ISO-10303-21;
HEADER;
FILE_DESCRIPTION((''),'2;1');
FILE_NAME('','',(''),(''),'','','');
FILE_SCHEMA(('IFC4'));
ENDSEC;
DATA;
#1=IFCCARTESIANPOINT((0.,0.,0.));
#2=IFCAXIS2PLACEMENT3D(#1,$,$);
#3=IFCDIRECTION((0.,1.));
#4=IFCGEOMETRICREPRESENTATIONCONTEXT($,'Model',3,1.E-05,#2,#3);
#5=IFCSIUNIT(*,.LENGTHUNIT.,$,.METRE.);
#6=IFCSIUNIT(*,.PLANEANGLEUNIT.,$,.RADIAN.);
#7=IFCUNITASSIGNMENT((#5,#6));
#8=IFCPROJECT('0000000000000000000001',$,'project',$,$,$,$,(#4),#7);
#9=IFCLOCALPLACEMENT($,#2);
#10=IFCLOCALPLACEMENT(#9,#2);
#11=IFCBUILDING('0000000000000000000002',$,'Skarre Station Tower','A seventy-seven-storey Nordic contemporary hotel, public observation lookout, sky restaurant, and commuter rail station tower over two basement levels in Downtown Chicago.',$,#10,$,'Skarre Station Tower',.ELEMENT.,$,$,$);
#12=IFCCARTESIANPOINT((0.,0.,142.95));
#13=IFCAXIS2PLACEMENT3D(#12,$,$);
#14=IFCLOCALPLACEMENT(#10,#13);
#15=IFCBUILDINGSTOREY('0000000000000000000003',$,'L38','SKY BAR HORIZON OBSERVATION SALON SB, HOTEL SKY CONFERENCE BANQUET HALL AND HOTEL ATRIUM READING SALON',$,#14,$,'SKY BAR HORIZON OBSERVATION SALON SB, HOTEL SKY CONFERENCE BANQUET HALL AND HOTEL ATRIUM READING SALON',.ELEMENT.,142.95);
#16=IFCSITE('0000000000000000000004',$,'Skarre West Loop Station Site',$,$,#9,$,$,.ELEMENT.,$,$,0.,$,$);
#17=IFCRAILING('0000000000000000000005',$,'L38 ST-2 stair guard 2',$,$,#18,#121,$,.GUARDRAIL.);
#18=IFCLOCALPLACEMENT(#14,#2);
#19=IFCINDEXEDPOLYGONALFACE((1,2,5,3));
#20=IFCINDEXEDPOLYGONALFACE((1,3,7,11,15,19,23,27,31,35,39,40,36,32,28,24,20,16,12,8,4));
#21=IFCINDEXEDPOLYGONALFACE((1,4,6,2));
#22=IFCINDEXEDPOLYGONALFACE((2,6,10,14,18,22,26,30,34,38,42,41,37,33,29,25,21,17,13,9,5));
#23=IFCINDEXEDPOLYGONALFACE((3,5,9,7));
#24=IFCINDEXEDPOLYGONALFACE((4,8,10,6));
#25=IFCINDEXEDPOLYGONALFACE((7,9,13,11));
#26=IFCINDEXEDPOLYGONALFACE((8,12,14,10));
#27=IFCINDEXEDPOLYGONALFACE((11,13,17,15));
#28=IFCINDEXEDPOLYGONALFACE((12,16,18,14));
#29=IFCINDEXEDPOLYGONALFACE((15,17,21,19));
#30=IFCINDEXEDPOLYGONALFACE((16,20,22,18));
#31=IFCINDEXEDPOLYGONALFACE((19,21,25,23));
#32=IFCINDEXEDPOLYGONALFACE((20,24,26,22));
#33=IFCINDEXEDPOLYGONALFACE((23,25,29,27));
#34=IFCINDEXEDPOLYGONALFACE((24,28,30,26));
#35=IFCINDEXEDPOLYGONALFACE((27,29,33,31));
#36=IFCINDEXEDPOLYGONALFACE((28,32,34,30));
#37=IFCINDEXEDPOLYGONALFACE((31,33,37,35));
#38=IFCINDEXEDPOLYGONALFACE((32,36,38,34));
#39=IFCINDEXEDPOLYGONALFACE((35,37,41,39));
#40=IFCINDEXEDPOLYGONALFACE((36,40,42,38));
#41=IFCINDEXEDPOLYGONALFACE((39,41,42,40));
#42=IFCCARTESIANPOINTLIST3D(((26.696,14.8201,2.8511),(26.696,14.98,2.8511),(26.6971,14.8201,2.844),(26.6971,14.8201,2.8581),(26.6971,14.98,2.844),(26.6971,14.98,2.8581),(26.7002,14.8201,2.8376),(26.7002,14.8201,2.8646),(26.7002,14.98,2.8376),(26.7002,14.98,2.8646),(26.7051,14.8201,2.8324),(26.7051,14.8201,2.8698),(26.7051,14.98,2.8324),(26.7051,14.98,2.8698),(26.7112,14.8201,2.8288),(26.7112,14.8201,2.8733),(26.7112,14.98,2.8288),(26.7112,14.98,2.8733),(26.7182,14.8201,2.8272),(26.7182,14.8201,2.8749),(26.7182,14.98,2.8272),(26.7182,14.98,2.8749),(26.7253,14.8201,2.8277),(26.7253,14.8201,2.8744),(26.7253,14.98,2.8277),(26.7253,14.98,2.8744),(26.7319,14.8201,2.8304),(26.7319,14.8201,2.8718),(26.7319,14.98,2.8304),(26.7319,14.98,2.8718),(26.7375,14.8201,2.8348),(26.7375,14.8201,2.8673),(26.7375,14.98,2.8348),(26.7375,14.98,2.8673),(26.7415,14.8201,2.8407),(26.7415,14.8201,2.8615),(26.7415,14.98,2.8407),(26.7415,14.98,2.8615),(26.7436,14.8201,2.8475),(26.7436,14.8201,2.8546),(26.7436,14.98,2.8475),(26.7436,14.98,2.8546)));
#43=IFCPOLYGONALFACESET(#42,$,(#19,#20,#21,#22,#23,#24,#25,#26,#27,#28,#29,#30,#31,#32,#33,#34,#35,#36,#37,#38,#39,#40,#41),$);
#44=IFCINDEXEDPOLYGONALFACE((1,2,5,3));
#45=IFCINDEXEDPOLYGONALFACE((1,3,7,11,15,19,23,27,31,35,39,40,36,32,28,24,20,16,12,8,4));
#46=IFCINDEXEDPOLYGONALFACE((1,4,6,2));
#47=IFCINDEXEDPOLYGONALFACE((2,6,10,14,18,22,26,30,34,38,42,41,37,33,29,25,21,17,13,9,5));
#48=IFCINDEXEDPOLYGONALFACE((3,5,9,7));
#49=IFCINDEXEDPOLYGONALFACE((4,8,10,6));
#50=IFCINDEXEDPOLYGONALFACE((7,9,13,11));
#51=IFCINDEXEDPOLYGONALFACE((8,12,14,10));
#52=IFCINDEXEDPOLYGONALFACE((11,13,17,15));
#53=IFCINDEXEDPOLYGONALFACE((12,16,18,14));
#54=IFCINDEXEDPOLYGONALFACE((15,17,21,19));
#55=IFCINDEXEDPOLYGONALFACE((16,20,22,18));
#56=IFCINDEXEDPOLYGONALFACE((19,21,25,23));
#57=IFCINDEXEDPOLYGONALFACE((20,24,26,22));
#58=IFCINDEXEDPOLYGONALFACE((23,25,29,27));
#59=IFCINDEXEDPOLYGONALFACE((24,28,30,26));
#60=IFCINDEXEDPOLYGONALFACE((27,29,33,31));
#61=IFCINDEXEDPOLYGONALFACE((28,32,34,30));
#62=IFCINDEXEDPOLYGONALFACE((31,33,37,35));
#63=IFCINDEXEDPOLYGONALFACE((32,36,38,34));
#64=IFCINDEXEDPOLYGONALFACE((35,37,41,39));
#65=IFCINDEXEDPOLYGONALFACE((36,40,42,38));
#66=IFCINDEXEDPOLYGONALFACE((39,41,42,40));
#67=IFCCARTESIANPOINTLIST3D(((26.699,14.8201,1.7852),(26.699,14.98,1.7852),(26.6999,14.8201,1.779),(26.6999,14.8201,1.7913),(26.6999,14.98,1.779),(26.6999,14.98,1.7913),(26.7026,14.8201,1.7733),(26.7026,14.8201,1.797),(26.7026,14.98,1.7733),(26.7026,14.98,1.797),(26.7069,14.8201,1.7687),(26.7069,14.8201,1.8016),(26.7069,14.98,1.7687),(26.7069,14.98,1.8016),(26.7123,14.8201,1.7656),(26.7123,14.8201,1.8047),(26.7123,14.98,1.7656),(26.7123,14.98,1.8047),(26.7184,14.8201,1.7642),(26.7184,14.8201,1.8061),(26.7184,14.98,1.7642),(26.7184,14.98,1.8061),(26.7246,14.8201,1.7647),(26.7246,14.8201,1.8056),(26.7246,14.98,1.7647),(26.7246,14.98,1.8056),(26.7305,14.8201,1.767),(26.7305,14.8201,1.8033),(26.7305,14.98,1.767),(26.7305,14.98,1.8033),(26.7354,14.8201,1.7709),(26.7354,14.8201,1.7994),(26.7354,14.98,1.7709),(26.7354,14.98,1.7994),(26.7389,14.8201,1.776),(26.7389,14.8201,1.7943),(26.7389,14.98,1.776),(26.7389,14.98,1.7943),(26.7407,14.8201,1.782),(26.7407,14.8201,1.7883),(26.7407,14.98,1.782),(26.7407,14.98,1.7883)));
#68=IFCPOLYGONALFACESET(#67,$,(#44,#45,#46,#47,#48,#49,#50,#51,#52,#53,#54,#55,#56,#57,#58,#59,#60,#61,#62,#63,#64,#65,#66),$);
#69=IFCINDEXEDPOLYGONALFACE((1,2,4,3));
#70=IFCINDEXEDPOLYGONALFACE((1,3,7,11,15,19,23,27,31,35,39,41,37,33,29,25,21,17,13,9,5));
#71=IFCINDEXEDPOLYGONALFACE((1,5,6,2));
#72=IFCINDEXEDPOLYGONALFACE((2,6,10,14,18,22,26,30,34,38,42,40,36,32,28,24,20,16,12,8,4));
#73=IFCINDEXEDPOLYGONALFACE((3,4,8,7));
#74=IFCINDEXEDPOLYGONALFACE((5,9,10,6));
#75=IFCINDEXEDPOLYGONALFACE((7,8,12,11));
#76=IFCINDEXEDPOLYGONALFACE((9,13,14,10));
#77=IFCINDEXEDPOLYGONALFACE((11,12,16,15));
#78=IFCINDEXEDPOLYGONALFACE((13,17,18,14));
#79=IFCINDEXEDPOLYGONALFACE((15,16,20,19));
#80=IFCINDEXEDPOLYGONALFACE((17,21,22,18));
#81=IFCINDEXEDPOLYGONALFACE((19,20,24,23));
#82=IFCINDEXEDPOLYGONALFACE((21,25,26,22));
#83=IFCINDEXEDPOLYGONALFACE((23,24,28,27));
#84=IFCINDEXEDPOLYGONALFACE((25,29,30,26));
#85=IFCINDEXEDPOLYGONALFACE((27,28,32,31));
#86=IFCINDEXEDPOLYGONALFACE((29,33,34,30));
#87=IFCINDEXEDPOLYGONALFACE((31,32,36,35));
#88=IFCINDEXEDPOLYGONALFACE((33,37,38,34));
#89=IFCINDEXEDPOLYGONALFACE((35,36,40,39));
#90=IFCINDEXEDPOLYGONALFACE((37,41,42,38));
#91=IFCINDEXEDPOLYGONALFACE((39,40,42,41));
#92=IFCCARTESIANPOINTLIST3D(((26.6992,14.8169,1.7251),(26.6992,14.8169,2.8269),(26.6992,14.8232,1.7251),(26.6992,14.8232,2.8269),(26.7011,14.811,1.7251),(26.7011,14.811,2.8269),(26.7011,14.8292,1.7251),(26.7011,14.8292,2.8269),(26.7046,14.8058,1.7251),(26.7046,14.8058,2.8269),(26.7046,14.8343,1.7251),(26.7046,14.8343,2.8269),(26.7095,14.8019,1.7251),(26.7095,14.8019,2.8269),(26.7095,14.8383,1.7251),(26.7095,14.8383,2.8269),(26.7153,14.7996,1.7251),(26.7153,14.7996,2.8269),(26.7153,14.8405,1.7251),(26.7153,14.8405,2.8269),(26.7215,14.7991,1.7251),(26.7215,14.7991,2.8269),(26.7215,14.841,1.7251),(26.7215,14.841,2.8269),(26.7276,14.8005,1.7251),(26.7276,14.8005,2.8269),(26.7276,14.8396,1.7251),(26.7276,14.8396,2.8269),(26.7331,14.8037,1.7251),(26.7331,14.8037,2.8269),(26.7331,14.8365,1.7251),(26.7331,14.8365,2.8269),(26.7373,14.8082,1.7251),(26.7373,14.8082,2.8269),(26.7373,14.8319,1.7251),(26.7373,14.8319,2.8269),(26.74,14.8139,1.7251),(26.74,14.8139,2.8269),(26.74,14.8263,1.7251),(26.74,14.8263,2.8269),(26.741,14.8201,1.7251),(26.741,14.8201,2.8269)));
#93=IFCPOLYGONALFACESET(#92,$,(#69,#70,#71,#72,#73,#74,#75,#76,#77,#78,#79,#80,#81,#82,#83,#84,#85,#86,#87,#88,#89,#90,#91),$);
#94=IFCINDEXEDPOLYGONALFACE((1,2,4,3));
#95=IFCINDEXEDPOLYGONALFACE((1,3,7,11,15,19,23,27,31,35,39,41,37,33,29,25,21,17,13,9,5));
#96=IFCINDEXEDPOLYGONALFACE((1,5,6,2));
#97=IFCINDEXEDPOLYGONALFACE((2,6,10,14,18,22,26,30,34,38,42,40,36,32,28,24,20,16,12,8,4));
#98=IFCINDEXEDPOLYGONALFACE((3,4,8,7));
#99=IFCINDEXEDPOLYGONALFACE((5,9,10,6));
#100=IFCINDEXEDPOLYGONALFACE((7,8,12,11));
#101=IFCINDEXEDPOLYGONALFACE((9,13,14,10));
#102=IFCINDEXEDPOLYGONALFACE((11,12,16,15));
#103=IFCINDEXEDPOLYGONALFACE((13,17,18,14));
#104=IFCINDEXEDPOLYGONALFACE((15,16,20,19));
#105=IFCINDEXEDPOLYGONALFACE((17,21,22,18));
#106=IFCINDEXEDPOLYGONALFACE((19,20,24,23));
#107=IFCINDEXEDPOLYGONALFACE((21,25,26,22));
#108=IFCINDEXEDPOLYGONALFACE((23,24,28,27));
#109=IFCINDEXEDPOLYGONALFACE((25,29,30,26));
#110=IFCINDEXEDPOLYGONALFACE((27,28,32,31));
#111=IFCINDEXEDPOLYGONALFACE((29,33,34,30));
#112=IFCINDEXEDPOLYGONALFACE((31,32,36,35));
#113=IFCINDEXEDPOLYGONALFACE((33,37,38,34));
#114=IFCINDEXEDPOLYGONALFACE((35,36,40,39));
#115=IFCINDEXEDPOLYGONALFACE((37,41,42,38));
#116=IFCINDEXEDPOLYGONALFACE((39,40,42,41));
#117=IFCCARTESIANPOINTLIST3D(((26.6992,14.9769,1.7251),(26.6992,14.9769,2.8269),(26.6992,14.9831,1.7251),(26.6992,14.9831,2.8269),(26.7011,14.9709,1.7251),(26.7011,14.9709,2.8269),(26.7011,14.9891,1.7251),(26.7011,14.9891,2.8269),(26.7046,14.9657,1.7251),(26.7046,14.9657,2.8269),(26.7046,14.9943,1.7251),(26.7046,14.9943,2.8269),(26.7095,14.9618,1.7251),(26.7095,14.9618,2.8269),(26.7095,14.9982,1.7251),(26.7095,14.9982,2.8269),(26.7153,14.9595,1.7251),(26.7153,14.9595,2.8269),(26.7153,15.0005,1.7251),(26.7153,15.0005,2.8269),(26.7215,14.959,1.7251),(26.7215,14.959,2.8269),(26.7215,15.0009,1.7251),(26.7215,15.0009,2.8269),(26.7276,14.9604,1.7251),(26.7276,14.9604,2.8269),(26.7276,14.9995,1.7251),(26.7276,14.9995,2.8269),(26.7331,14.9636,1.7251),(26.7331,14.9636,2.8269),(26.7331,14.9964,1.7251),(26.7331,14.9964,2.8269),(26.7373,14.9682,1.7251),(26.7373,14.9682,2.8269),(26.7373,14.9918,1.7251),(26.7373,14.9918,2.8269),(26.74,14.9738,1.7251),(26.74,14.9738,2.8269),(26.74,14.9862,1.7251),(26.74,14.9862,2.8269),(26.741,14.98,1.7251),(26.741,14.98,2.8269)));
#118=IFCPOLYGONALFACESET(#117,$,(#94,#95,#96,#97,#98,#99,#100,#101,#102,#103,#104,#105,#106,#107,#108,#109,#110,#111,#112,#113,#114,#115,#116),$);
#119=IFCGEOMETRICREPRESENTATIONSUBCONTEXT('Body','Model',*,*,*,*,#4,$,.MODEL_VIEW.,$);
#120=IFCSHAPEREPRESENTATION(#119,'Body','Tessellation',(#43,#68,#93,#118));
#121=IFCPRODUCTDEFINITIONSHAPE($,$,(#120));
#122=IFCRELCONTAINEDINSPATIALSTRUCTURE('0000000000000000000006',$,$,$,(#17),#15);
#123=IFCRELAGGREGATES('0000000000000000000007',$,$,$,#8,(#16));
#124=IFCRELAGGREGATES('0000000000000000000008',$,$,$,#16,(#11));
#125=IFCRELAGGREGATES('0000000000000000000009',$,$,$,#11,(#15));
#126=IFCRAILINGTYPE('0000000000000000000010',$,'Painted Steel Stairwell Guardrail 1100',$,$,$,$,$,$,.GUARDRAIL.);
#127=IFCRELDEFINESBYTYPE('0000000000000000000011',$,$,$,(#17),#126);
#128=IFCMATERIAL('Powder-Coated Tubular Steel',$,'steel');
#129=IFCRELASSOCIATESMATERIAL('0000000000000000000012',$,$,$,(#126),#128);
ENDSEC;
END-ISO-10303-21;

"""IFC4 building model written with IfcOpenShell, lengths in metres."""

from ifc_helpers import new_model, si_unit, direction, frame, origin, origin_2d, place, context, subcontext, project, spatial, circle, extrude, material, type_object, element, save


model = new_model("IFC4")

# Units and contexts
model_context = context("Model", 3, precision=1e-05, world=origin(), true_north=direction((0.0, 1.0)))
body_context = subcontext(model_context, "Body", "Model", "MODEL_VIEW")
ifc_project = project(units=[si_unit("LENGTHUNIT", "METRE"), si_unit("PLANEANGLEUNIT", "RADIAN")], contexts=[model_context])

# Site, building, storey
site_placement = place(None, origin())
site = spatial("IfcSite", under=ifc_project, at=site_placement, Name="Skarre West Loop Station Site", CompositionType="ELEMENT", RefElevation=0.0)
building_placement = place(site_placement, origin())
building = spatial("IfcBuilding", under=site, at=building_placement, Name="Skarre Station Tower", Description="A seventy-seven-storey Nordic contemporary hotel, public observation lookout, sky restaurant, and commuter rail station tower over two basement levels in Downtown Chicago.", LongName="Skarre Station Tower", CompositionType="ELEMENT")
storey_placement = place(building_placement, frame((0.0, 0.0, 142.95)))
storey = spatial("IfcBuildingStorey", under=building, at=storey_placement, Name="L38", Description="SKY BAR HORIZON OBSERVATION SALON SB, HOTEL SKY CONFERENCE BANQUET HALL AND HOTEL ATRIUM READING SALON", LongName="SKY BAR HORIZON OBSERVATION SALON SB, HOTEL SKY CONFERENCE BANQUET HALL AND HOTEL ATRIUM READING SALON", CompositionType="ELEMENT", Elevation=142.95)

# Railing
ifc_material_1 = material(Name="Powder-Coated Tubular Steel", Category="steel")
railing_type_1 = type_object("IfcRailingType", Name="Painted Steel Stairwell Guardrail 1100", PredefinedType="GUARDRAIL", material=ifc_material_1)
railing_1_placement = place(storey_placement, frame((26.72, 14.8201, 1.7251)))
element("IfcRailing", 1, at=railing_1_placement, inside=storey, type_object=railing_type_1, Name="L38 ST-2 stair guard 2", PredefinedType="GUARDRAIL", context=body_context, shape_type="SweptSolid", body=[
    extrude(circle(Radius=0.0239, at=origin_2d()), frame((0.0, 0.0, 1.126), z_axis=(0.0, 1.0, 0.0), x_axis=(-1.0, 0.0, 0.0)), (0.0, 0.0, 1.0), 0.1599),
    extrude(circle(Radius=0.021, at=origin_2d()), frame((0.0, 0.0, 0.0601), z_axis=(0.0, 1.0, 0.0), x_axis=(-1.0, 0.0, 0.0)), (0.0, 0.0, 1.0), 0.1599),
    extrude(circle(Radius=0.021, at=origin_2d()), origin(), (0.0, 0.0, 1.0), 1.1018),
    extrude(circle(Radius=0.021, at=origin_2d()), frame((0.0, 0.1599, 0.0)), (0.0, 0.0, 1.0), 1.1018),
])

save(model, "model.ifc")
